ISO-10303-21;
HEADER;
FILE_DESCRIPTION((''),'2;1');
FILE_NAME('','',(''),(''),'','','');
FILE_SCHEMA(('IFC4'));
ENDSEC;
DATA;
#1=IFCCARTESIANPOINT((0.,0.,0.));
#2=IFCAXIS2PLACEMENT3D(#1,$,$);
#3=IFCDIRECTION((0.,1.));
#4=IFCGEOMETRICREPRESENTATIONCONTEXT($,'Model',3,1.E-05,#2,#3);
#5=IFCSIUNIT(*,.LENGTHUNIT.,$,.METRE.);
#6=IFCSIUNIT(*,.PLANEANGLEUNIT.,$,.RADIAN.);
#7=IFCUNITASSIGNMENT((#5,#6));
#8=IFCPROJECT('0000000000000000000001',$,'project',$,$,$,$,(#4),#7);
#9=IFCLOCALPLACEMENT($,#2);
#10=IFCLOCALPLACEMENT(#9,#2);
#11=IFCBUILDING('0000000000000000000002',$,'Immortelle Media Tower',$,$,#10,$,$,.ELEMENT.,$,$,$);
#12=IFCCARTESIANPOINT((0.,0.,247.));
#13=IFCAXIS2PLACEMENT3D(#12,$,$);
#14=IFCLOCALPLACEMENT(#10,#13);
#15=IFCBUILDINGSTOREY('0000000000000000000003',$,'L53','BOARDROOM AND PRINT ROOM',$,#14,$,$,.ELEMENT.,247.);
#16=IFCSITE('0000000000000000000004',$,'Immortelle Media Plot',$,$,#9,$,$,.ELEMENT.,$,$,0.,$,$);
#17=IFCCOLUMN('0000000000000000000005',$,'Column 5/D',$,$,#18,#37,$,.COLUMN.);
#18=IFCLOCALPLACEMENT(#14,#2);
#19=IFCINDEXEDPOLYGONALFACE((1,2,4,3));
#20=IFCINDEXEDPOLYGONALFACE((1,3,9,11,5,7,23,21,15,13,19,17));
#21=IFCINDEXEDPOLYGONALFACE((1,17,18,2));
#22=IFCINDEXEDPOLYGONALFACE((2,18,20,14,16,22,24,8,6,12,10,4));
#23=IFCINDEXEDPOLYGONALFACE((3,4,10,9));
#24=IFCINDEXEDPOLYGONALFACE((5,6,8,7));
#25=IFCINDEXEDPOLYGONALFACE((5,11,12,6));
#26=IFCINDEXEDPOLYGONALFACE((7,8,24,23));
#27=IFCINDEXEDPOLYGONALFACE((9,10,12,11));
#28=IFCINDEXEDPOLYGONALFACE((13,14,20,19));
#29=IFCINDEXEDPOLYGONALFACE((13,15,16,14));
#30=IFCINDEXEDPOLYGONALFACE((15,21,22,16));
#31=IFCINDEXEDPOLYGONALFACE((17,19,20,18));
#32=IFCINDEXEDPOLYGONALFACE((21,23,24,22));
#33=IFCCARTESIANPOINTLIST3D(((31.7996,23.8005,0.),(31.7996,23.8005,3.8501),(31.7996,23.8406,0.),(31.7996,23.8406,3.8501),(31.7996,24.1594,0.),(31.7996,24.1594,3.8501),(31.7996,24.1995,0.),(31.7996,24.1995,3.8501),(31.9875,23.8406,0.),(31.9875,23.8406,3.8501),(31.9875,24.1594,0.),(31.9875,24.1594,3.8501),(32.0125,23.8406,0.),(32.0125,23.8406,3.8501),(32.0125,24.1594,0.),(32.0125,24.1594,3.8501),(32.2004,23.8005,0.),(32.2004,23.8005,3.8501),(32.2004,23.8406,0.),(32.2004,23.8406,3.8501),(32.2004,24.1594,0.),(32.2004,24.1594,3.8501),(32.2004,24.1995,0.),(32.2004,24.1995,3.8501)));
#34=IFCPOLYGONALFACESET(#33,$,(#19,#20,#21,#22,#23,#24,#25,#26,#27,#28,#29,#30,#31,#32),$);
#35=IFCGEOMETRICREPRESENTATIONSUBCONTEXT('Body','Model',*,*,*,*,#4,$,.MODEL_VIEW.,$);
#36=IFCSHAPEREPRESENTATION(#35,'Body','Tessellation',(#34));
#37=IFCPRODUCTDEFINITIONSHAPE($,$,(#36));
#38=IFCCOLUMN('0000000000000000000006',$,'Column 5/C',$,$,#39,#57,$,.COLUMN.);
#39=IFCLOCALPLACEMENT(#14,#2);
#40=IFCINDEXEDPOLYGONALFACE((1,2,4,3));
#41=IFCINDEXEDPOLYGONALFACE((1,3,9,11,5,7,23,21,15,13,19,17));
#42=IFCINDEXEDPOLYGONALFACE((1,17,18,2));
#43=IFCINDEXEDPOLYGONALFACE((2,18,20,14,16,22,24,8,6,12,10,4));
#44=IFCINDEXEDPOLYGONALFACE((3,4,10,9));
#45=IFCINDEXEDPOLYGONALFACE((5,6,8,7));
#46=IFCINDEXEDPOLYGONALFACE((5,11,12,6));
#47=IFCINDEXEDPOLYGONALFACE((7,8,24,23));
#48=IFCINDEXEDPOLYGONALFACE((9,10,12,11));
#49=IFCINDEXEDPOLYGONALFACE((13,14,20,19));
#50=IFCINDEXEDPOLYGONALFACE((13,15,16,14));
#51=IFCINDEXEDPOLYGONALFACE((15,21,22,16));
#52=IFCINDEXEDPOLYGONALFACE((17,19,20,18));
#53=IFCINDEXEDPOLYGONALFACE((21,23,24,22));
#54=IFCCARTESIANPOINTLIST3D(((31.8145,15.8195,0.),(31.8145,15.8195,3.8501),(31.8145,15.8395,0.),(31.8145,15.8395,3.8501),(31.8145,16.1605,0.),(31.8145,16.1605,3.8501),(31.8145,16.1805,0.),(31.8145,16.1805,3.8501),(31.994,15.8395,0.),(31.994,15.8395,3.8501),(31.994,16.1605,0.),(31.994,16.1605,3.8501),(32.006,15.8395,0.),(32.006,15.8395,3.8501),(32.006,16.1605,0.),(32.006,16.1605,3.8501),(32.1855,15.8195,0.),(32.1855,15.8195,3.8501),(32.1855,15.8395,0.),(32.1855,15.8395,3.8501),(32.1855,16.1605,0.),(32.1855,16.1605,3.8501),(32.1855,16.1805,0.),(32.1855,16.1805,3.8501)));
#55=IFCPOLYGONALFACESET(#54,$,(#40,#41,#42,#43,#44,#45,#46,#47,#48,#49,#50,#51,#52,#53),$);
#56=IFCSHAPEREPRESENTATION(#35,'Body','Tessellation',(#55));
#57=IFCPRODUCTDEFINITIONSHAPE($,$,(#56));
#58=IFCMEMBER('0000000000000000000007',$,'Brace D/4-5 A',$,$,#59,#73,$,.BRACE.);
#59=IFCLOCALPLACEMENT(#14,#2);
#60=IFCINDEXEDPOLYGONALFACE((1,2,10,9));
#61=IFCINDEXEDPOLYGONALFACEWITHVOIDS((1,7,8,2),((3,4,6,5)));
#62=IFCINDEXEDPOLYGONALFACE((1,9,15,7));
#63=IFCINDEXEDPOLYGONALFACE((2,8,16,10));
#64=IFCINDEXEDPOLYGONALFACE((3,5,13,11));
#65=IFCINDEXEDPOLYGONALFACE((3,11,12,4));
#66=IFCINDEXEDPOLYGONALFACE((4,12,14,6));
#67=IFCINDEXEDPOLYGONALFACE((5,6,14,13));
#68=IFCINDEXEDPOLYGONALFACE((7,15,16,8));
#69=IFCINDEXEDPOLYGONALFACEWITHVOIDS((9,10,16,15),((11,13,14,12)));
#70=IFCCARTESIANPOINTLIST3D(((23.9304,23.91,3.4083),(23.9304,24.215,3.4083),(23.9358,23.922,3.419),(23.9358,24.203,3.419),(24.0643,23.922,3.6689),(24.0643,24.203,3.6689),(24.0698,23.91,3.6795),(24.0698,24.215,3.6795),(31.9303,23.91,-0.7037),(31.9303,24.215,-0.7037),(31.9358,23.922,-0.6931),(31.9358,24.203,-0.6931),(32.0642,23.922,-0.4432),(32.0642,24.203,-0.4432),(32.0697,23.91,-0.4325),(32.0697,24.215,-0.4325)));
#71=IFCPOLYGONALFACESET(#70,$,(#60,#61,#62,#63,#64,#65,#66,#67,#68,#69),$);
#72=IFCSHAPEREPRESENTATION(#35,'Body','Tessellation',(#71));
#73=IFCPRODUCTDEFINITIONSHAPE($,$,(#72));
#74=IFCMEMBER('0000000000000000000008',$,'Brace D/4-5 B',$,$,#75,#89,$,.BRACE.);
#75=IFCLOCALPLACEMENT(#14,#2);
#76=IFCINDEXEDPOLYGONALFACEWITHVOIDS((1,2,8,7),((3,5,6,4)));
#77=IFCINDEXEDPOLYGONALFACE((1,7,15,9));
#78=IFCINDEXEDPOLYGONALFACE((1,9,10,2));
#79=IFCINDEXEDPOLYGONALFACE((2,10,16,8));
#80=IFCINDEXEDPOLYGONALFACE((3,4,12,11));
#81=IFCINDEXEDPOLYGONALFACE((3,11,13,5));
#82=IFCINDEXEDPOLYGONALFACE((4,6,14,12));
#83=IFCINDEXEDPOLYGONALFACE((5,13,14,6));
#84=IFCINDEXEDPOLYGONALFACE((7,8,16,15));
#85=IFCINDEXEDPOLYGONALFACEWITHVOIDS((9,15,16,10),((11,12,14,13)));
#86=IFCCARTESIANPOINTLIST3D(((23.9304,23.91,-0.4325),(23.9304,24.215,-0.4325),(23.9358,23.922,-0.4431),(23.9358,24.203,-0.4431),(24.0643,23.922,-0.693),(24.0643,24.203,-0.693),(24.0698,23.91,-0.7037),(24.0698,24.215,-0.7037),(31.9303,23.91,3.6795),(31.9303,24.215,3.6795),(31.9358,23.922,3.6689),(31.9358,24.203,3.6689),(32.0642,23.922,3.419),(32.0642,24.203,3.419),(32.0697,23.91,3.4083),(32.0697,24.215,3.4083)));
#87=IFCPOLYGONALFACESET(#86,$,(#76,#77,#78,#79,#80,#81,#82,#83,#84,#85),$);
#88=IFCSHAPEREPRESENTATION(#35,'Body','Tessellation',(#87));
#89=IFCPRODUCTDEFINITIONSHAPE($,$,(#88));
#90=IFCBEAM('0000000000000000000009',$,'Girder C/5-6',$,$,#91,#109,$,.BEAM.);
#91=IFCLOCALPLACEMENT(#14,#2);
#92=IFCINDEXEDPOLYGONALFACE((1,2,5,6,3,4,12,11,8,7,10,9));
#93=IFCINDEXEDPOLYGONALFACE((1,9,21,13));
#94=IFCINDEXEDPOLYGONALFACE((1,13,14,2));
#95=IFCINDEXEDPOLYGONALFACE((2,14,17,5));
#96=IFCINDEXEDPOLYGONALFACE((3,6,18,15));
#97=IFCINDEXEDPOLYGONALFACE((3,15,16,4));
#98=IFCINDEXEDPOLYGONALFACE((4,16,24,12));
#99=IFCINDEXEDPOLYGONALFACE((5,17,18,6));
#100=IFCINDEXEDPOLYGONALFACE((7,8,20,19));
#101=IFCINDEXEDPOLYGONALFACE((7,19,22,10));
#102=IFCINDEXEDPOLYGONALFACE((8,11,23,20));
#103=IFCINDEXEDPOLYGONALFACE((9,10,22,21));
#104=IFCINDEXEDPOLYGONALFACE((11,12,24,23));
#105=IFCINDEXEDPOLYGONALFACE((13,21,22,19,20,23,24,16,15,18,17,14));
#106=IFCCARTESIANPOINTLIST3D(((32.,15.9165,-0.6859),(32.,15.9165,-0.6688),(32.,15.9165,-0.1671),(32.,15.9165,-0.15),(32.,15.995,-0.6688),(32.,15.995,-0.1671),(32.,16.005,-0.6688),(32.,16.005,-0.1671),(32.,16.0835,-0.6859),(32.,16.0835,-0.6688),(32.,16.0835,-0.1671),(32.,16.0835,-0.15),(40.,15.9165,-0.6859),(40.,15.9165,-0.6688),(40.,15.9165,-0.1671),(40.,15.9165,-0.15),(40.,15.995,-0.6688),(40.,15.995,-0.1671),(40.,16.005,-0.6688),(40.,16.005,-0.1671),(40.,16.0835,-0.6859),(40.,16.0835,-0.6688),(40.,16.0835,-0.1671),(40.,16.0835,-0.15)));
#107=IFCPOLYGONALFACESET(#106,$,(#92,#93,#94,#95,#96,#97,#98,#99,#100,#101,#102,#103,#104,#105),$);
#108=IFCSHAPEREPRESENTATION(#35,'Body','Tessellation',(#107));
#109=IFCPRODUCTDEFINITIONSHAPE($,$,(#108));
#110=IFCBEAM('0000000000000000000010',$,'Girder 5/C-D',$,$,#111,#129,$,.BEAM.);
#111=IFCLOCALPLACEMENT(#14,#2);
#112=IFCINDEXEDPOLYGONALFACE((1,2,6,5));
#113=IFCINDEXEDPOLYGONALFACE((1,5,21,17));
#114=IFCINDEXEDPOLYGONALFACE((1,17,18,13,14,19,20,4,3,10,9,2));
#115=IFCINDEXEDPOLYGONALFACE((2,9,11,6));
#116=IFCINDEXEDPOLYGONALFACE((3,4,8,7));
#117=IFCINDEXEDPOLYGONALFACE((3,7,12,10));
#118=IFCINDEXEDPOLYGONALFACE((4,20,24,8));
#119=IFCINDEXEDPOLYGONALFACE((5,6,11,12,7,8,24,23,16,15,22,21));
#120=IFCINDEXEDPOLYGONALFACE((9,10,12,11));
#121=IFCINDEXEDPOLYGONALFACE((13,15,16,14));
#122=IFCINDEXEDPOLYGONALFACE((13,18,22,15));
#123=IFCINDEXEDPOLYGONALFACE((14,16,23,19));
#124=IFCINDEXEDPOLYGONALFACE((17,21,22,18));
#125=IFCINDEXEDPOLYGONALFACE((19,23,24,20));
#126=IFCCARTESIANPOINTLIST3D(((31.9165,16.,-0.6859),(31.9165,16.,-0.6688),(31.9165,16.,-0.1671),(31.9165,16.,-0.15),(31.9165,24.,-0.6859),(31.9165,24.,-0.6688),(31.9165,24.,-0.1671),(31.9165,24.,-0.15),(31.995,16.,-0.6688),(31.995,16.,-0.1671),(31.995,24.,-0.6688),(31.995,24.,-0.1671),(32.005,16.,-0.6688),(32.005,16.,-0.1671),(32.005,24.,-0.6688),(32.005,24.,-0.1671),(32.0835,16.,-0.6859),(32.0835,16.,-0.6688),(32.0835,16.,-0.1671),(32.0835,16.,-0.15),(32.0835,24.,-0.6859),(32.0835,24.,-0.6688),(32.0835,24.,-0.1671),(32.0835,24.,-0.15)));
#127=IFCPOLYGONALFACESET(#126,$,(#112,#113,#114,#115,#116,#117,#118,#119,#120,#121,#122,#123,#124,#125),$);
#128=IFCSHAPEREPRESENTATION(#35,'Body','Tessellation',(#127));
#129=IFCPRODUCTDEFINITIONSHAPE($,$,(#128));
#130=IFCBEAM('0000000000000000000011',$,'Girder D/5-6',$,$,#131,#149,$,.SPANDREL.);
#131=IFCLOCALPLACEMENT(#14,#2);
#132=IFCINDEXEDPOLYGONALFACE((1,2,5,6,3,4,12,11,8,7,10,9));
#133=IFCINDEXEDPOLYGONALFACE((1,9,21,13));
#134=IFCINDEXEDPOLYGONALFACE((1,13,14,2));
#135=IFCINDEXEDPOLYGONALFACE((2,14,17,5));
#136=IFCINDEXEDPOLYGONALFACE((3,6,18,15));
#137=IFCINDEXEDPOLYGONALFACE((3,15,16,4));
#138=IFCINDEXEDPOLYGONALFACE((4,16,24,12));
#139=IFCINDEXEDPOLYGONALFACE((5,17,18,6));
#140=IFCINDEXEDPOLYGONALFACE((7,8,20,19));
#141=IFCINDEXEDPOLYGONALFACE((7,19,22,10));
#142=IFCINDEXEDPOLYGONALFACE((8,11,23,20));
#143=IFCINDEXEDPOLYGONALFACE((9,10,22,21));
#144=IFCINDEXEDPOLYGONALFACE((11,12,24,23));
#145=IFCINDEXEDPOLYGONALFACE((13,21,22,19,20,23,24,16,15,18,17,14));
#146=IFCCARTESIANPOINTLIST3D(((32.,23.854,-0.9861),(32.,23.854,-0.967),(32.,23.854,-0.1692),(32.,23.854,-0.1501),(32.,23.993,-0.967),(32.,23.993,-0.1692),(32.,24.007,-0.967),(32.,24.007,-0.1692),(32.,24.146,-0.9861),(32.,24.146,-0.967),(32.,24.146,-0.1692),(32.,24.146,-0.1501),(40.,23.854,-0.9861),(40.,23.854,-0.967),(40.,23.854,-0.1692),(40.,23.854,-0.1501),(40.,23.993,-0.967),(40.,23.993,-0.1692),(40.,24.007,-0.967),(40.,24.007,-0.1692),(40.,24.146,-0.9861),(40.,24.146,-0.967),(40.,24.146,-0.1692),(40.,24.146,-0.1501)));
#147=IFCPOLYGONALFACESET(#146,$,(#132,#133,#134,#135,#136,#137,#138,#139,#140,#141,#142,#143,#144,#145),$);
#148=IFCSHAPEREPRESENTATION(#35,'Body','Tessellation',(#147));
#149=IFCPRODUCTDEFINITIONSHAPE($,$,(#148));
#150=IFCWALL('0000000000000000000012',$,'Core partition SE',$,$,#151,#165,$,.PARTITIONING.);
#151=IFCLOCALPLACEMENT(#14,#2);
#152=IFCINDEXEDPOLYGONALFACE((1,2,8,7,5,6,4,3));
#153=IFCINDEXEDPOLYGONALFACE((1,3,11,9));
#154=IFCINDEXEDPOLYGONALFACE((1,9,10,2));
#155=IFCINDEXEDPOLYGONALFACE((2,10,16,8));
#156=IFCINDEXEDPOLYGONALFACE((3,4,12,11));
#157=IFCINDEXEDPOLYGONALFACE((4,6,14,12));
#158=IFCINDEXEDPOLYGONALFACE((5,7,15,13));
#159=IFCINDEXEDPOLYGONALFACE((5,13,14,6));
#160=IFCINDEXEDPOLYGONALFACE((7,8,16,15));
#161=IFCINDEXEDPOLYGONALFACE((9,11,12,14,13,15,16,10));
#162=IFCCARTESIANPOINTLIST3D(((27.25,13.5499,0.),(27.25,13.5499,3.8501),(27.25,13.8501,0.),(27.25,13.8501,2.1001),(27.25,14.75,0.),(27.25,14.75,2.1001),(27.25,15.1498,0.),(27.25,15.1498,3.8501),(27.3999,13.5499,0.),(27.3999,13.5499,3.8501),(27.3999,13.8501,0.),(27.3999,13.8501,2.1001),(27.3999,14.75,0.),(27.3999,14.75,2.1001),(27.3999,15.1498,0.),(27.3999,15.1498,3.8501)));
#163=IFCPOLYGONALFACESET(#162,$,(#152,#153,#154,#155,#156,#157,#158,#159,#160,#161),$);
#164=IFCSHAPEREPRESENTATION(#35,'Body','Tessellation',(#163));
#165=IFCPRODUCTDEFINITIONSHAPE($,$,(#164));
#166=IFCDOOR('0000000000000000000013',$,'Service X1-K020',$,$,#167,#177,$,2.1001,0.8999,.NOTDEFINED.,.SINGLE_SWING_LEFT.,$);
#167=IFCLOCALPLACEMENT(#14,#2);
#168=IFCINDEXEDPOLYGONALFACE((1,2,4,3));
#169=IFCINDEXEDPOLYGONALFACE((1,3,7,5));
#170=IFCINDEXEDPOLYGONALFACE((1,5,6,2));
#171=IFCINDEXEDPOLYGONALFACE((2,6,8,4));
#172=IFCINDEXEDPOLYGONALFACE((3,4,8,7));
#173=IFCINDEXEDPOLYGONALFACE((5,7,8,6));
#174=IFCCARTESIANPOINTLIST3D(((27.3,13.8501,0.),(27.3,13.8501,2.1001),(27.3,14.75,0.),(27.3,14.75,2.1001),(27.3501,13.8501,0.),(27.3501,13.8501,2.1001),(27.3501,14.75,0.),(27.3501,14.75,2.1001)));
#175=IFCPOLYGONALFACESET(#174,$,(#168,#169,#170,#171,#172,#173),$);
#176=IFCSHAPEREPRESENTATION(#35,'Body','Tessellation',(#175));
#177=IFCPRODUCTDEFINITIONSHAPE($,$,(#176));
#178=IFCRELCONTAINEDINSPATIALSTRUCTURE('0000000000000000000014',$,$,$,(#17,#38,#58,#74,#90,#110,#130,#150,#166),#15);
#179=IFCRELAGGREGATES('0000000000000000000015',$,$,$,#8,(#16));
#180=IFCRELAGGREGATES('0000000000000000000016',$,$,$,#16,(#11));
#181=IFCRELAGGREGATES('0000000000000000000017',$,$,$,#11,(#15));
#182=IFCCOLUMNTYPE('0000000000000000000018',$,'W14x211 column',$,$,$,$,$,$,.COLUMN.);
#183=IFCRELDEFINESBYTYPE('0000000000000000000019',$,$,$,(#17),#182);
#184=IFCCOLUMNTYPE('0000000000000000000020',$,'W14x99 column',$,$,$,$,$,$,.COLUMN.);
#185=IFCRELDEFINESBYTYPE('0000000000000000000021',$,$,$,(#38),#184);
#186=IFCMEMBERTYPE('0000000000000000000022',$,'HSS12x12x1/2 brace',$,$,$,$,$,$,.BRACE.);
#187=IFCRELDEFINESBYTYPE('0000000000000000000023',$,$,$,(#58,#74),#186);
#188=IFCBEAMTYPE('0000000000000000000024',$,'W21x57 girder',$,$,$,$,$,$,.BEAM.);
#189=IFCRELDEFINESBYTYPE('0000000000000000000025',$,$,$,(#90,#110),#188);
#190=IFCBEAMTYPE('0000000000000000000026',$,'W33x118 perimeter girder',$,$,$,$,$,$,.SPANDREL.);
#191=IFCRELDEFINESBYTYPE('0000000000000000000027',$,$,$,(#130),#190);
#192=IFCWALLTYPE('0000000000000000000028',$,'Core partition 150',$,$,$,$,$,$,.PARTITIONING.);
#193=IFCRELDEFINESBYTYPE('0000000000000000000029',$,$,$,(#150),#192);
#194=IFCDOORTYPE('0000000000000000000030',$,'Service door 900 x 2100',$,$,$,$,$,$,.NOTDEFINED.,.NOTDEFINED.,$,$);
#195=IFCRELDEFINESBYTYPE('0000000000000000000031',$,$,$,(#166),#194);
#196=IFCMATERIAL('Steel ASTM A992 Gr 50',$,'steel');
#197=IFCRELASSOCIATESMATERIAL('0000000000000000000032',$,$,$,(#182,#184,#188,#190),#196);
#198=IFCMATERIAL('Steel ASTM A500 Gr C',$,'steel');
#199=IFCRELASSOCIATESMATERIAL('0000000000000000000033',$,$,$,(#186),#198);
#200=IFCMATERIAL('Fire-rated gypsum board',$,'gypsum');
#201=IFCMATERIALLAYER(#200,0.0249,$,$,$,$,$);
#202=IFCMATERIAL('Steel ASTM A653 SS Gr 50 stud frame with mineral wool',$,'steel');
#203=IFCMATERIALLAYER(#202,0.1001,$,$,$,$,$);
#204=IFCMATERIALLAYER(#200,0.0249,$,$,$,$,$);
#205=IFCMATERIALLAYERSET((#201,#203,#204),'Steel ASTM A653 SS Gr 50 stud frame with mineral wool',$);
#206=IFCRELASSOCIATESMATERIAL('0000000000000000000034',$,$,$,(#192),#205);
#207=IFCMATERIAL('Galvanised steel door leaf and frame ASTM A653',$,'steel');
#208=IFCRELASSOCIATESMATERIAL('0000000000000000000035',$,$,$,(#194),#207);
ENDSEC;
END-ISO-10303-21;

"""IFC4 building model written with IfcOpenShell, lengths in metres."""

from ifc_helpers import new_model, si_unit, direction, frame, frame_2d, origin, origin_2d, place, context, subcontext, project, spatial, rectangle, hollow_rectangle, i_section, extrude, material, layer, layer_set, material_profile, profile_set, type_object, element, fill, save


model = new_model("IFC4")

# Units and contexts
model_context = context("Model", 3, precision=1e-05, world=origin(), true_north=direction((0.0, 1.0)))
body_context = subcontext(model_context, "Body", "Model", "MODEL_VIEW")
ifc_project = project(units=[si_unit("LENGTHUNIT", "METRE"), si_unit("PLANEANGLEUNIT", "RADIAN")], contexts=[model_context])

# Site, building, storey
site_placement = place(None, origin())
site = spatial("IfcSite", under=ifc_project, at=site_placement, Name="Immortelle Media Plot", CompositionType="ELEMENT", RefElevation=0.0)
building_placement = place(site_placement, origin())
building = spatial("IfcBuilding", under=site, at=building_placement, Name="Immortelle Media Tower", CompositionType="ELEMENT")
storey_placement = place(building_placement, frame((0.0, 0.0, 247.0)))
storey = spatial("IfcBuildingStorey", under=building, at=storey_placement, Name="L53", Description="BOARDROOM AND PRINT ROOM", CompositionType="ELEMENT", Elevation=247.0)

# Columns
ifc_material_1 = material(Name="Steel ASTM A992 Gr 50", Category="steel")
ifc_material_profile_1 = material_profile(ifc_material_1, i_section(OverallWidth=0.4009, OverallDepth=0.3989, WebThickness=0.0249, FlangeThickness=0.04, at=origin_2d()), Name="W14x211")
ifc_profile_set_1 = profile_set([ifc_material_profile_1], Name="Steel ASTM A992 Gr 50")
column_type_1 = type_object("IfcColumnType", Name="W14x211 column", PredefinedType="COLUMN", material=ifc_profile_set_1)
column_1_placement = place(storey_placement, frame((32.0, 24.0, 0.0), z_axis=(0.0, 0.0, 1.0), x_axis=(1.0, 0.0, 0.0)))
element("IfcColumn", 1, at=column_1_placement, inside=storey, type_object=column_type_1, Name="Column 5/D", PredefinedType="COLUMN", context=body_context, shape_type="SweptSolid", body=[
    extrude(i_section(OverallWidth=0.4009, OverallDepth=0.3989, WebThickness=0.0249, FlangeThickness=0.04, at=origin_2d()), origin(), (0.0, 0.0, 1.0), 3.8501),
])
ifc_material_profile_2 = material_profile(ifc_material_1, i_section(OverallWidth=0.3711, OverallDepth=0.3611, WebThickness=0.012, FlangeThickness=0.02, at=origin_2d()), Name="W14x99")
ifc_profile_set_2 = profile_set([ifc_material_profile_2], Name="Steel ASTM A992 Gr 50")
column_type_2 = type_object("IfcColumnType", Name="W14x99 column", PredefinedType="COLUMN", material=ifc_profile_set_2)
column_2_placement = place(storey_placement, frame((32.0, 16.0, 0.0), z_axis=(0.0, 0.0, 1.0), x_axis=(1.0, 0.0, 0.0)))
element("IfcColumn", 2, at=column_2_placement, inside=storey, type_object=column_type_2, Name="Column 5/C", PredefinedType="COLUMN", context=body_context, shape_type="SweptSolid", body=[
    extrude(i_section(OverallWidth=0.3711, OverallDepth=0.3611, WebThickness=0.012, FlangeThickness=0.02, at=origin_2d()), origin(), (0.0, 0.0, 1.0), 3.8501),
])

# Members
ifc_material_2 = material(Name="Steel ASTM A500 Gr C", Category="steel")
ifc_material_profile_3 = material_profile(ifc_material_2, hollow_rectangle(XDim=0.3049, YDim=0.3049, WallThickness=0.012, at=origin_2d()), Name="HSS12x12x1/2 brace")
ifc_profile_set_3 = profile_set([ifc_material_profile_3], Name="Steel ASTM A500 Gr C")
member_type = type_object("IfcMemberType", Name="HSS12x12x1/2 brace", PredefinedType="BRACE", material=ifc_profile_set_3)
for number, where, z_axis, x_axis, name in (
    (3, (32.0, 24.0625, -0.5681), (-0.889388, 0.0, 0.457152), (0.0, -1.0, 0.0), "Brace D/4-5 A"),
    (4, (32.0, 24.0625, 3.5439), (-0.889388, 0.0, -0.457152), (0.0, -1.0, 0.0), "Brace D/4-5 B"),
):
    element("IfcMember", number, at=place(storey_placement, frame(where, z_axis=z_axis, x_axis=x_axis)), inside=storey, type_object=member_type, Name=name, PredefinedType="BRACE", context=body_context, shape_type="SweptSolid", body=[
        extrude(hollow_rectangle(XDim=0.3049, YDim=0.3049, WallThickness=0.012, at=origin_2d()), origin(), (0.0, 0.0, 1.0), 8.9949),
    ])

# Beams
ifc_material_profile_4 = material_profile(ifc_material_1, i_section(OverallWidth=0.167, OverallDepth=0.5359, WebThickness=0.01, FlangeThickness=0.0171, at=origin_2d()), Name="W21x57")
ifc_profile_set_4 = profile_set([ifc_material_profile_4], Name="Steel ASTM A992 Gr 50")
beam_type_1 = type_object("IfcBeamType", Name="W21x57 girder", PredefinedType="BEAM", material=ifc_profile_set_4)
for number, where, z_axis, x_axis, name in (
    (5, (32.0, 16.0, -0.418), (1.0, 0.0, 0.0), (0.0, 1.0, 0.0), "Girder C/5-6"),
    (6, (32.0, 16.0, -0.418), (0.0, 1.0, 0.0), (-1.0, 0.0, 0.0), "Girder 5/C-D"),
):
    element("IfcBeam", number, at=place(storey_placement, frame(where, z_axis=z_axis, x_axis=x_axis)), inside=storey, type_object=beam_type_1, Name=name, PredefinedType="BEAM", context=body_context, shape_type="SweptSolid", body=[
        extrude(i_section(OverallWidth=0.167, OverallDepth=0.5359, WebThickness=0.01, FlangeThickness=0.0171, at=origin_2d()), origin(), (0.0, 0.0, 1.0), 8.0),
    ])
ifc_material_profile_5 = material_profile(ifc_material_1, i_section(OverallWidth=0.292, OverallDepth=0.8359, WebThickness=0.0139, FlangeThickness=0.019, at=origin_2d()), Name="W33x118")
ifc_profile_set_5 = profile_set([ifc_material_profile_5], Name="Steel ASTM A992 Gr 50")
beam_type_2 = type_object("IfcBeamType", Name="W33x118 perimeter girder", PredefinedType="SPANDREL", material=ifc_profile_set_5)
beam_placement = place(storey_placement, frame((32.0, 24.0, -0.5681), z_axis=(1.0, 0.0, 0.0), x_axis=(0.0, 1.0, 0.0)))
element("IfcBeam", 7, at=beam_placement, inside=storey, type_object=beam_type_2, Name="Girder D/5-6", PredefinedType="SPANDREL", context=body_context, shape_type="SweptSolid", body=[
    extrude(i_section(OverallWidth=0.292, OverallDepth=0.8359, WebThickness=0.0139, FlangeThickness=0.019, at=origin_2d()), origin(), (0.0, 0.0, 1.0), 8.0),
])

# Wall, opening, door
ifc_material_3 = material(Name="Fire-rated gypsum board", Category="gypsum")
ifc_layer_1 = layer(ifc_material_3, 0.0249)
ifc_material_4 = material(Name="Steel ASTM A653 SS Gr 50 stud frame with mineral wool", Category="steel")
ifc_layer_2 = layer(ifc_material_4, 0.1001)
ifc_layer_3 = layer(ifc_material_3, 0.0249)
ifc_layer_set_1 = layer_set([ifc_layer_1, ifc_layer_2, ifc_layer_3], Name="Steel ASTM A653 SS Gr 50 stud frame with mineral wool")
wall_type_1 = type_object("IfcWallType", Name="Core partition 150", PredefinedType="PARTITIONING", material=ifc_layer_set_1)
wall_1_placement = place(storey_placement, frame((27.325, 13.55, 0.0), z_axis=(0.0, 0.0, 1.0), x_axis=(0.0, 1.0, 0.0)))
wall_1 = element("IfcWall", 8, at=wall_1_placement, inside=storey, type_object=wall_type_1, Name="Core partition SE", PredefinedType="PARTITIONING", context=body_context, shape_type="SweptSolid", body=[
    extrude(rectangle(XDim=1.5999, YDim=0.1499, at=frame_2d((0.7998, 0.0))), origin(), (0.0, 0.0, 1.0), 3.8501),
])
opening_1_placement = place(wall_1_placement, frame((0.3, 0.0, 0.0)))
opening_1 = element("IfcOpeningElement", 9, at=opening_1_placement, cuts=wall_1, PredefinedType="OPENING", context=body_context, shape_type="SweptSolid", body=[
    extrude(rectangle(XDim=0.8999, YDim=2.1001, at=frame_2d((0.45, 1.05))), frame((0.0, 0.085, 0.0), z_axis=(0.0, -1.0, 0.0), x_axis=(1.0, 0.0, 0.0)), (0.0, 0.0, 1.0), 0.1699),
])
ifc_material_5 = material(Name="Galvanised steel door leaf and frame ASTM A653", Category="steel")
door_type_1 = type_object("IfcDoorType", Name="Service door 900 x 2100", OperationType="NOTDEFINED", PredefinedType="NOTDEFINED", material=ifc_material_5)
door_1_placement = place(opening_1_placement, origin())
door_1 = element("IfcDoor", 10, at=door_1_placement, inside=storey, type_object=door_type_1, Name="Service X1-K020", OperationType="SINGLE_SWING_LEFT", OverallHeight=2.1001, OverallWidth=0.8999, PredefinedType="NOTDEFINED", context=body_context, shape_type="SweptSolid", body=[
    extrude(rectangle(XDim=0.8999, YDim=2.1001, at=frame_2d((0.45, 1.05))), frame((0.0, 0.0249, 0.0), z_axis=(0.0, -1.0, 0.0), x_axis=(1.0, 0.0, 0.0)), (0.0, 0.0, 1.0), 0.05),
])
fill(opening_1, door_1)

save(model, "model.ifc")
